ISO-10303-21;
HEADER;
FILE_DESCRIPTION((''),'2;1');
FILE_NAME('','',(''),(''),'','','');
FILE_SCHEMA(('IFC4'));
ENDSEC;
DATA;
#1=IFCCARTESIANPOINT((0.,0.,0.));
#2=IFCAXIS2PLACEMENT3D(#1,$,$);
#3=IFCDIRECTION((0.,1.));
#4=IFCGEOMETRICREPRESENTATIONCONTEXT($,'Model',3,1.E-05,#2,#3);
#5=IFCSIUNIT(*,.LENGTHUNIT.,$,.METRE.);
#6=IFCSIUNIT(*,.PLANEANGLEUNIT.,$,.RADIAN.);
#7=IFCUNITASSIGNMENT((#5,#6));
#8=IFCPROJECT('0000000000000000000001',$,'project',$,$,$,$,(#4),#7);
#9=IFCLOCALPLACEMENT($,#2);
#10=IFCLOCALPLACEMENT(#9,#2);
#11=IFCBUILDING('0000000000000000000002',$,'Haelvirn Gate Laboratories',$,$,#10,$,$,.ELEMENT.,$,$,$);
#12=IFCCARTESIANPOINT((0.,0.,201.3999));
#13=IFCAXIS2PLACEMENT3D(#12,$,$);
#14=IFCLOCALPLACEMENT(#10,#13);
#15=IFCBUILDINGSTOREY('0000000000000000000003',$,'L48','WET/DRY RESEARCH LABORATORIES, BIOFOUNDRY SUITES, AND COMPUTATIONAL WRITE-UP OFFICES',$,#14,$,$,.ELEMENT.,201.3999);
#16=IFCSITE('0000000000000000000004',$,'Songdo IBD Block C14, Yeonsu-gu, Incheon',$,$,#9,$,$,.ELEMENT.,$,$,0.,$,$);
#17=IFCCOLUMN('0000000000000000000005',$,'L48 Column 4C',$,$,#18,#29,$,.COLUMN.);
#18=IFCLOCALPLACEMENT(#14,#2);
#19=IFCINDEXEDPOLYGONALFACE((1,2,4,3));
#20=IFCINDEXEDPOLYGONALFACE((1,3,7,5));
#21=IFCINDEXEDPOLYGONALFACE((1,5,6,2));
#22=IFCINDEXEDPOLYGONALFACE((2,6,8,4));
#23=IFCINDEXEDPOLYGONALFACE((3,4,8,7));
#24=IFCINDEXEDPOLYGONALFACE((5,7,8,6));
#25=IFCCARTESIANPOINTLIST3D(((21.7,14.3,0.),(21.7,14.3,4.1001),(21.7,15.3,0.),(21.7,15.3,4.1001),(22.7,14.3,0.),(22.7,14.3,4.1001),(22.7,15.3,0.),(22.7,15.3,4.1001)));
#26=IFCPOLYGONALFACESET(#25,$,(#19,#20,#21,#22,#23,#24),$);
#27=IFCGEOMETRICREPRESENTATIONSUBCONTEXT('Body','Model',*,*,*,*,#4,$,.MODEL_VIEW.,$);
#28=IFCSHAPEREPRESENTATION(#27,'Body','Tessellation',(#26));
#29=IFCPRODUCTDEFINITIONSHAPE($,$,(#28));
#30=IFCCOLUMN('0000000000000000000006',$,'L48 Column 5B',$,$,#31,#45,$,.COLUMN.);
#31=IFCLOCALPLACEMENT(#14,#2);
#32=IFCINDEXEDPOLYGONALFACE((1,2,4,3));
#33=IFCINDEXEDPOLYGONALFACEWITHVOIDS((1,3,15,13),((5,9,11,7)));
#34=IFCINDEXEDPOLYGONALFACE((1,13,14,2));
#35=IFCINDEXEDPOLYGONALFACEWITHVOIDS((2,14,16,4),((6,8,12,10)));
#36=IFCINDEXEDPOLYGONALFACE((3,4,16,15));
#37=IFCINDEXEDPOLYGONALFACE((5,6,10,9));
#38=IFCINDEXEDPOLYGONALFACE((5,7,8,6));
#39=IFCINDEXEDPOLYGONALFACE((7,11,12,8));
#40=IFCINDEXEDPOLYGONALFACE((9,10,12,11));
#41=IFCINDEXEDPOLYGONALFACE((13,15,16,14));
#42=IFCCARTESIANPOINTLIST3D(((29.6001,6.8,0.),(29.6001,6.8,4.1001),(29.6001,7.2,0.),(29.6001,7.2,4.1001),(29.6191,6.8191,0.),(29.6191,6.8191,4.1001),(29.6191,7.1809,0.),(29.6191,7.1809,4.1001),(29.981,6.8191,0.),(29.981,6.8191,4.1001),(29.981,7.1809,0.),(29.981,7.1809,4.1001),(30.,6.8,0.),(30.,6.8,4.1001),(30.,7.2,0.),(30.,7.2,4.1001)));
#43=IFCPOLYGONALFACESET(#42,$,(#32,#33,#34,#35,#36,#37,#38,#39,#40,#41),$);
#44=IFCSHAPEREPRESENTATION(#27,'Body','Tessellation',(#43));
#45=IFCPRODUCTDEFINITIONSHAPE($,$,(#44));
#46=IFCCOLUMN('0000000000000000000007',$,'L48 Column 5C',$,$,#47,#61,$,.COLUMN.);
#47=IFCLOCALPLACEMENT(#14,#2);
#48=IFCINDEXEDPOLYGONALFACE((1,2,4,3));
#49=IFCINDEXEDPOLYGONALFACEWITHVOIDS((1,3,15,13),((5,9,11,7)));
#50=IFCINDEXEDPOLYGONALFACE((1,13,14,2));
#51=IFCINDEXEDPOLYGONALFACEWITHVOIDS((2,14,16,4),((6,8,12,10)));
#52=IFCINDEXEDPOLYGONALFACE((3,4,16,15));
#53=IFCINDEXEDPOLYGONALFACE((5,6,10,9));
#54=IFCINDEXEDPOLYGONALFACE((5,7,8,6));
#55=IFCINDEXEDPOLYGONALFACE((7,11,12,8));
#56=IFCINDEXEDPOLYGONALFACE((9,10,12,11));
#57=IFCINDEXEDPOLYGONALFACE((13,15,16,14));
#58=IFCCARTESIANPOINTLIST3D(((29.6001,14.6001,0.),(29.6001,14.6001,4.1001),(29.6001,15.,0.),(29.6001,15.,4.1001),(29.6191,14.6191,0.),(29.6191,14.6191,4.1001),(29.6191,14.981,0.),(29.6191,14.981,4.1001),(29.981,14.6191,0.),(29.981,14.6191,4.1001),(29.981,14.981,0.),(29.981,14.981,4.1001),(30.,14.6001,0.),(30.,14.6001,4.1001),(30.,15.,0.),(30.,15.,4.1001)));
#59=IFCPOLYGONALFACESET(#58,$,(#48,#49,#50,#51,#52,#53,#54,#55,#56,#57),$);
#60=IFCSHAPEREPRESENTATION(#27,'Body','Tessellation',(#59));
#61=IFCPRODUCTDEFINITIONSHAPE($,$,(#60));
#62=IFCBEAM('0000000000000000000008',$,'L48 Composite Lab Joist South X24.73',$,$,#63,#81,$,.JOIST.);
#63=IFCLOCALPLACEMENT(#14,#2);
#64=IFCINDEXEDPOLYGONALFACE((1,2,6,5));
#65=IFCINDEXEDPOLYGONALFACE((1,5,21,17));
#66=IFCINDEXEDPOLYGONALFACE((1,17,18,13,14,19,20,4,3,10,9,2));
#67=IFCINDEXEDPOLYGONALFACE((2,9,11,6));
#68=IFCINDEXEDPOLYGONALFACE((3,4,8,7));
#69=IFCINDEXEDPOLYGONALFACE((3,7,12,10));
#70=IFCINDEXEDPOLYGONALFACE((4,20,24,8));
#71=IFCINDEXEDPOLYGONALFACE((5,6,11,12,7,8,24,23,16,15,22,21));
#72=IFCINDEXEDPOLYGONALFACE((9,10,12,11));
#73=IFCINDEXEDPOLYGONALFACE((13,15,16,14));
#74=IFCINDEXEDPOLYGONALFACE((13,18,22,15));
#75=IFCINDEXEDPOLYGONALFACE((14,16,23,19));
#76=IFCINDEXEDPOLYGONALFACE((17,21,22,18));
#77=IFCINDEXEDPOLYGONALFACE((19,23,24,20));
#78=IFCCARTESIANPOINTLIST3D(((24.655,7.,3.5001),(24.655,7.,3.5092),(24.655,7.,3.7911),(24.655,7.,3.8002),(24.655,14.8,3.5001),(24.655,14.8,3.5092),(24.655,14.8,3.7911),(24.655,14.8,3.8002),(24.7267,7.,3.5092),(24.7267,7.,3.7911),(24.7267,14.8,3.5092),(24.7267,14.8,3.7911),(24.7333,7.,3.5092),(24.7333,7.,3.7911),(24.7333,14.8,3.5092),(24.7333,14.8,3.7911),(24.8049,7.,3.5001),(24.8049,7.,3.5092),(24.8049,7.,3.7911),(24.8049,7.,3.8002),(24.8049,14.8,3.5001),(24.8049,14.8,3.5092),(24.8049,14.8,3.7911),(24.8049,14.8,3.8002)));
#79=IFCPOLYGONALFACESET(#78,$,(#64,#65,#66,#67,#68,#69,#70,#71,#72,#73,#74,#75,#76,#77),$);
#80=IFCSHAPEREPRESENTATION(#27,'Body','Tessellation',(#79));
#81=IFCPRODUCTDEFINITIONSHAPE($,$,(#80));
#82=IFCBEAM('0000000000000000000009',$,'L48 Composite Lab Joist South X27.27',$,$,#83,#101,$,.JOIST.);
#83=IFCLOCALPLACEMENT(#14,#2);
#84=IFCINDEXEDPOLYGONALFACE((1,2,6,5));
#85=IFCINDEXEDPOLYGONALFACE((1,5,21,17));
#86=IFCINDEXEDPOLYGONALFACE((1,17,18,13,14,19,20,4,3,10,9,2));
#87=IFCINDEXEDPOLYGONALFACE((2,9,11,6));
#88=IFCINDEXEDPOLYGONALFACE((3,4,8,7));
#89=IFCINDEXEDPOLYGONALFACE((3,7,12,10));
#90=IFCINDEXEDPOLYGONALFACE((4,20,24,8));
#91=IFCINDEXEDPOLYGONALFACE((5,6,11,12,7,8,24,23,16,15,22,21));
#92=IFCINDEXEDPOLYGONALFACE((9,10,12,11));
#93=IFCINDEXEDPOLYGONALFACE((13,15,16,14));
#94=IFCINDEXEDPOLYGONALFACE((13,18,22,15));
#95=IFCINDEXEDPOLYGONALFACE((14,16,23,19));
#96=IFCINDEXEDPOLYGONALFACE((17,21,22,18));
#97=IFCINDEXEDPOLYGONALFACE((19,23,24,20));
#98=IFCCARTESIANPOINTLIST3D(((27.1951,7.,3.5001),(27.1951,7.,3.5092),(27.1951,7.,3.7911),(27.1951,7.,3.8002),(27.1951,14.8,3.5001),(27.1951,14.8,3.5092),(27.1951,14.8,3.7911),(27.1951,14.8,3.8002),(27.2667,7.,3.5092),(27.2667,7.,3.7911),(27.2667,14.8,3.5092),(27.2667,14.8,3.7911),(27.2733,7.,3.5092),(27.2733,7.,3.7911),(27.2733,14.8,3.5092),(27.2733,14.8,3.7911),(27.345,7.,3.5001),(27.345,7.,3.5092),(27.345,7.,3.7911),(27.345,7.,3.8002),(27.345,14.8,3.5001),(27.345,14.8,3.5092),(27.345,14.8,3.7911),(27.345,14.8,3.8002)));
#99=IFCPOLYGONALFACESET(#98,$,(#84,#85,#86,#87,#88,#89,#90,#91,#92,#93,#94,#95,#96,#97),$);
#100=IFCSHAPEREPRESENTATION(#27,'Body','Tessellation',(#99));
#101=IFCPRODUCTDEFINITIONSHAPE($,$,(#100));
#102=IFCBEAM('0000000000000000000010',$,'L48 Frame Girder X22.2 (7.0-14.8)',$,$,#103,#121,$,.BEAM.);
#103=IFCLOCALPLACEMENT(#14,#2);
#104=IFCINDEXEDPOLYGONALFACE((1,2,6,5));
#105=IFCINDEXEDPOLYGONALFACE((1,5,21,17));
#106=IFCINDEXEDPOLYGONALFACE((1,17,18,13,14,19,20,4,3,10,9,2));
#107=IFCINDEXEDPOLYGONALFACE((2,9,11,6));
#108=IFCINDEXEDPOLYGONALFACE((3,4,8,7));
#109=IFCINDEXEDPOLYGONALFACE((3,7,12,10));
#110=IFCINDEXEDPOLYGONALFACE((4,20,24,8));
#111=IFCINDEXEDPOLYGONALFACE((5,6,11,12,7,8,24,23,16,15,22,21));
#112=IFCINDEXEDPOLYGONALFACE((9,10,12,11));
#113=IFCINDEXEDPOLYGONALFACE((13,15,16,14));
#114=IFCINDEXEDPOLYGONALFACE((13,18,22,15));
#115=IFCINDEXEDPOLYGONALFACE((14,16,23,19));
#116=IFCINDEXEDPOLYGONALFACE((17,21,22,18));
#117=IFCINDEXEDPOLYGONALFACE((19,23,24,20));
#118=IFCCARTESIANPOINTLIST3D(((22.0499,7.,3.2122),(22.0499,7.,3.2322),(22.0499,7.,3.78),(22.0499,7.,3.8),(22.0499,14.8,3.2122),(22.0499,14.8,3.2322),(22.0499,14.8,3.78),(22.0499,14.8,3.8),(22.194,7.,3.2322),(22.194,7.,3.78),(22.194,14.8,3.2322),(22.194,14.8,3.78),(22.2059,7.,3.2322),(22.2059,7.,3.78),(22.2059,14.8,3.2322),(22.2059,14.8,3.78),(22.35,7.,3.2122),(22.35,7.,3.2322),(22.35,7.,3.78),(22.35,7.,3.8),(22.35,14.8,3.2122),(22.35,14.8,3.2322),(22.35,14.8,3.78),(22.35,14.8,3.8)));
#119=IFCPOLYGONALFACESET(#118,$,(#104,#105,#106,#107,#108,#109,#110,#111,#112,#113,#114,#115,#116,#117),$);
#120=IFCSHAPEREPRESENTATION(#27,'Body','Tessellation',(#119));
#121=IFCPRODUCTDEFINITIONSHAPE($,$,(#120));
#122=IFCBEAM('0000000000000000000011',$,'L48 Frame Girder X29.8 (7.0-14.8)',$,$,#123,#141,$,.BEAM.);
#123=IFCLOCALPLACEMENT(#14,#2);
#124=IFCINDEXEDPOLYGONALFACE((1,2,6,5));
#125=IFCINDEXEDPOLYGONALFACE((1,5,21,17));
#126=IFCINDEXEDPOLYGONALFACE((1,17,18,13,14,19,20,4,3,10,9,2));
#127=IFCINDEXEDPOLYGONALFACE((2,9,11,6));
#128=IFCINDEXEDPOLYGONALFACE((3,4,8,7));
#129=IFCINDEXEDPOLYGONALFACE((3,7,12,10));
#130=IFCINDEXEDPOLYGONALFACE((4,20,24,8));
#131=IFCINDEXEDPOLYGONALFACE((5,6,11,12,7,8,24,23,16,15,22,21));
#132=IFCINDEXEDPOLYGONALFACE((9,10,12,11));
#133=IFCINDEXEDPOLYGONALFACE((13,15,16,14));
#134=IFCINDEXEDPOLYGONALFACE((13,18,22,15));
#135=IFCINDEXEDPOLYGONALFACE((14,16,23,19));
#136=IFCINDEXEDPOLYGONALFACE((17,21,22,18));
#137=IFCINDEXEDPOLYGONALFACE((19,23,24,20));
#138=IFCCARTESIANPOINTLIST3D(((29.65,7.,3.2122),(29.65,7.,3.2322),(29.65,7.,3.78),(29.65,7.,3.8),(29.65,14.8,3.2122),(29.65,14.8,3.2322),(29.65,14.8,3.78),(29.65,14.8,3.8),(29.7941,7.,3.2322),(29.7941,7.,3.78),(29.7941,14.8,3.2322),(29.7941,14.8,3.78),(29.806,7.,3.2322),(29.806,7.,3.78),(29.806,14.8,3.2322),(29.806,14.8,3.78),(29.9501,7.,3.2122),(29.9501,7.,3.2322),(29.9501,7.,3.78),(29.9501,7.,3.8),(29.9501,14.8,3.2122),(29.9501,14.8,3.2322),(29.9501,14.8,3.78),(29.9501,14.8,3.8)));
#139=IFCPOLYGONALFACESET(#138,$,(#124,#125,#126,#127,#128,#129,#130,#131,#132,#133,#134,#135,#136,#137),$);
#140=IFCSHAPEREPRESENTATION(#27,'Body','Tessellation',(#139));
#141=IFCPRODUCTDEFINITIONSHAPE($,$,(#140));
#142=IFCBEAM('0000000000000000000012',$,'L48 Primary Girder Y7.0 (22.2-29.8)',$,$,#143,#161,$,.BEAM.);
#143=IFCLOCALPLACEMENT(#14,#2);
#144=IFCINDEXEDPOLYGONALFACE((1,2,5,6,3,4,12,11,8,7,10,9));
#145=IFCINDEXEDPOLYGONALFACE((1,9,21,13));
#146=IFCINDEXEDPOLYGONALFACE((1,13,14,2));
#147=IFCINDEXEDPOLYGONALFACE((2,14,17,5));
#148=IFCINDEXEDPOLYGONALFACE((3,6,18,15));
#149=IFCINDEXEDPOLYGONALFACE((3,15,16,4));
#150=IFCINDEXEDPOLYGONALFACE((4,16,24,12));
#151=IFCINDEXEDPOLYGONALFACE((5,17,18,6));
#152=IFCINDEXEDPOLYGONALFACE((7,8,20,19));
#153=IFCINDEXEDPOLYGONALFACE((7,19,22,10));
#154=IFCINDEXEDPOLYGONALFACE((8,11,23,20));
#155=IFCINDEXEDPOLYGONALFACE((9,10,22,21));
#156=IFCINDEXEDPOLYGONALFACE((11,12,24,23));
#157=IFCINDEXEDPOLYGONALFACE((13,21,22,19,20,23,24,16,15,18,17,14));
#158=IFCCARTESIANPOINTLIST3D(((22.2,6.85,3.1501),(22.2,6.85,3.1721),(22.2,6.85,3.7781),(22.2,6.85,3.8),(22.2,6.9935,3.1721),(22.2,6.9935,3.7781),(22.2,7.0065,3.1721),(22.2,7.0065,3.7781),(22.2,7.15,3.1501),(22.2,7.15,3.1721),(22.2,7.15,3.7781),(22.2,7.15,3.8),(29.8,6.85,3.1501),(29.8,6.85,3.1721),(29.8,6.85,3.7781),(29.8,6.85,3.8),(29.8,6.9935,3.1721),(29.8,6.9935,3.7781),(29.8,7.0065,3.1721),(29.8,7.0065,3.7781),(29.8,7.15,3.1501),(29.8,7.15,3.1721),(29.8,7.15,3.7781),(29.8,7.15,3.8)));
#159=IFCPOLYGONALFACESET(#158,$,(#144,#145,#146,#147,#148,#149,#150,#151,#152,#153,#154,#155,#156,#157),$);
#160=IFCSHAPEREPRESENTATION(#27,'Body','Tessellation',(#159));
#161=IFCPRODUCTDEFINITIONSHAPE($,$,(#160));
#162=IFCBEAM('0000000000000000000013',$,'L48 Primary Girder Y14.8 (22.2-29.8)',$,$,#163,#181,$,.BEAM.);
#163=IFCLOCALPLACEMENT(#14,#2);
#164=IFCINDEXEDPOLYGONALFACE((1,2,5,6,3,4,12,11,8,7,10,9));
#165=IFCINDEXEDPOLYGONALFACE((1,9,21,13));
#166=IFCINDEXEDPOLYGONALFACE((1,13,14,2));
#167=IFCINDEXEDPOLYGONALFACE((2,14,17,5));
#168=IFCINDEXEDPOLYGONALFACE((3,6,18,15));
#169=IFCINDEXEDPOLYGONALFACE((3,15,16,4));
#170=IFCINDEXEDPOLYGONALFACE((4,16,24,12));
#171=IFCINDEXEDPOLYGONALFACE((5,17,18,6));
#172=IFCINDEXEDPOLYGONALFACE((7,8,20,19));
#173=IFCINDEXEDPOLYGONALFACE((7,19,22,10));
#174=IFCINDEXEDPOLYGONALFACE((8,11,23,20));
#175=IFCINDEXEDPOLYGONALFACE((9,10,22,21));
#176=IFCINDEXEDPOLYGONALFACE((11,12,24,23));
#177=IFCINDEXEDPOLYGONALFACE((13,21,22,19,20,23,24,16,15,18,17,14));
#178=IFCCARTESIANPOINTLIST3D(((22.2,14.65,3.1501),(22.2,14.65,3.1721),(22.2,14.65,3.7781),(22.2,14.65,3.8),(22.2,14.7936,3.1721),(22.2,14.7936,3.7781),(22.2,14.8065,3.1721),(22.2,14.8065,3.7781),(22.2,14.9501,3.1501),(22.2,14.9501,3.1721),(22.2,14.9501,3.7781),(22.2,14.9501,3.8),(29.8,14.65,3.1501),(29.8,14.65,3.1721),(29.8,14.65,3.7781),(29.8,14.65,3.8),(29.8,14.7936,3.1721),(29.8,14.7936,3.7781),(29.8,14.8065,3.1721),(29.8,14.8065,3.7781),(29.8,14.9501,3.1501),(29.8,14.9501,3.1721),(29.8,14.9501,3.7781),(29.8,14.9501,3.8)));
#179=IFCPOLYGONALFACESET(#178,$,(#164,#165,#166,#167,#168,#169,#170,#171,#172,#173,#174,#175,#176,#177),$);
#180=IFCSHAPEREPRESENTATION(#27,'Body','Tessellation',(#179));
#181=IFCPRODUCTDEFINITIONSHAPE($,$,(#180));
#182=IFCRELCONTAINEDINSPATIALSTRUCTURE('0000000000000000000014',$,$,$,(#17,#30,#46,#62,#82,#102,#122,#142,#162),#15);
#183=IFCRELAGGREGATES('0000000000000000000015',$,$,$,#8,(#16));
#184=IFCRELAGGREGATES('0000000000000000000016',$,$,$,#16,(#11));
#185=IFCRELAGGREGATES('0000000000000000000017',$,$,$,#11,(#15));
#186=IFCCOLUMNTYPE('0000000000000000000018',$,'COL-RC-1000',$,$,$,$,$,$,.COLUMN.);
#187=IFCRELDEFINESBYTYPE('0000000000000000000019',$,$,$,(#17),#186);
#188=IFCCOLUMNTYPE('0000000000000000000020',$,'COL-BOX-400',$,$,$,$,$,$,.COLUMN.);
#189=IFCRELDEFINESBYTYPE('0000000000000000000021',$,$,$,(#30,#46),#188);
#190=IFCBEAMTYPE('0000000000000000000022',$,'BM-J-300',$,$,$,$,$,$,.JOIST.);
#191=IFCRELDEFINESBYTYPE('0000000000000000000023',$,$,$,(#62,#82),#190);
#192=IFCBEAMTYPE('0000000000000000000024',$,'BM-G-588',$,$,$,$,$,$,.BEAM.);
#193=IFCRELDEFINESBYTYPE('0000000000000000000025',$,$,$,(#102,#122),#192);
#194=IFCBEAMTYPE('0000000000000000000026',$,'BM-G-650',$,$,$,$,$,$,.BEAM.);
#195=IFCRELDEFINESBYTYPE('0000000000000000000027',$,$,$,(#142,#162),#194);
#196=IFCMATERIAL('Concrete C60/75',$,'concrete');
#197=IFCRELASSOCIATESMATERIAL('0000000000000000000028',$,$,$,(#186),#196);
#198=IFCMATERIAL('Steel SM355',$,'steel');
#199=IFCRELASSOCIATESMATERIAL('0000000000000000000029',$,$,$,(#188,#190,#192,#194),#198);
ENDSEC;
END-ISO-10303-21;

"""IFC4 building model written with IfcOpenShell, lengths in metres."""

from ifc_helpers import new_model, si_unit, direction, frame, origin, origin_2d, place, context, subcontext, project, spatial, rectangle, hollow_rectangle, i_section, extrude, source, transform, mapped, material, material_profile, profile_set, type_object, type_shapes, element, save


model = new_model("IFC4")

# Units and contexts
model_context = context("Model", 3, precision=1e-05, world=origin(), true_north=direction((0.0, 1.0)))
body_context = subcontext(model_context, "Body", "Model", "MODEL_VIEW")
ifc_project = project(units=[si_unit("LENGTHUNIT", "METRE"), si_unit("PLANEANGLEUNIT", "RADIAN")], contexts=[model_context])

# Site, building, storey
site_placement = place(None, origin())
site = spatial("IfcSite", under=ifc_project, at=site_placement, Name="Songdo IBD Block C14, Yeonsu-gu, Incheon", CompositionType="ELEMENT", RefElevation=0.0)
building_placement = place(site_placement, origin())
building = spatial("IfcBuilding", under=site, at=building_placement, Name="Haelvirn Gate Laboratories", CompositionType="ELEMENT")
storey_placement = place(building_placement, frame((0.0, 0.0, 201.3999)))
storey = spatial("IfcBuildingStorey", under=building, at=storey_placement, Name="L48", Description="WET/DRY RESEARCH LABORATORIES, BIOFOUNDRY SUITES, AND COMPUTATIONAL WRITE-UP OFFICES", CompositionType="ELEMENT", Elevation=201.3999)

# Columns
ifc_material_1 = material(Name="Concrete C60/75", Category="concrete")
ifc_material_profile_1 = material_profile(ifc_material_1, rectangle(XDim=1.0, YDim=1.0, at=origin_2d()), Name="RC-1000x1000")
ifc_profile_set_1 = profile_set([ifc_material_profile_1], Name="Concrete C60/75")
column_type_1 = type_object("IfcColumnType", Name="COL-RC-1000", PredefinedType="COLUMN", material=ifc_profile_set_1)
shared_shape_1 = source(origin(), body_context, "Body", "SweptSolid", [
    extrude(rectangle(XDim=1.0, YDim=1.0, at=origin_2d()), origin(), (0.0, 0.0, 1.0), 4.1001),
])
type_shapes(column_type_1, [shared_shape_1])
column_placement = place(storey_placement, frame((22.2, 14.8, 0.0), z_axis=(0.0, 0.0, 1.0), x_axis=(1.0, 0.0, 0.0)))
element("IfcColumn", 1, at=column_placement, inside=storey, type_object=column_type_1, Name="L48 Column 4C", PredefinedType="COLUMN", context=body_context, shape_type="MappedRepresentation", body=[
    mapped(shared_shape_1, transform((0.0, 0.0, 0.0), scale=1.0)),
])
ifc_material_2 = material(Name="Steel SM355", Category="steel")
ifc_material_profile_2 = material_profile(ifc_material_2, hollow_rectangle(XDim=0.3999, YDim=0.3999, WallThickness=0.019, at=origin_2d()), Name="BOX-400x400x19")
ifc_profile_set_2 = profile_set([ifc_material_profile_2], Name="Steel SM355")
column_type_2 = type_object("IfcColumnType", Name="COL-BOX-400", PredefinedType="COLUMN", material=ifc_profile_set_2)
shared_shape_2 = source(origin(), body_context, "Body", "SweptSolid", [
    extrude(hollow_rectangle(XDim=0.3999, YDim=0.3999, WallThickness=0.019, at=origin_2d()), origin(), (0.0, 0.0, 1.0), 4.1001),
])
type_shapes(column_type_2, [shared_shape_2])
for number, where, z_axis, x_axis, name in (
    (2, (29.8, 7.0, 0.0), (0.0, 0.0, 1.0), (1.0, 0.0, 0.0), "L48 Column 5B"),
    (3, (29.8, 14.8, 0.0), (0.0, 0.0, 1.0), (1.0, 0.0, 0.0), "L48 Column 5C"),
):
    element("IfcColumn", number, at=place(storey_placement, frame(where, z_axis=z_axis, x_axis=x_axis)), inside=storey, type_object=column_type_2, Name=name, PredefinedType="COLUMN", context=body_context, shape_type="MappedRepresentation", body=[
        mapped(shared_shape_2, transform((0.0, 0.0, 0.0), scale=1.0)),
    ])

# Beams
ifc_material_profile_3 = material_profile(ifc_material_2, i_section(OverallWidth=0.1499, OverallDepth=0.3, WebThickness=0.0066, FlangeThickness=0.009, at=origin_2d()), Name="H-300x150x6.5x9")
ifc_profile_set_3 = profile_set([ifc_material_profile_3], Name="Steel SM355")
beam_type_1 = type_object("IfcBeamType", Name="BM-J-300", PredefinedType="JOIST", material=ifc_profile_set_3)
shared_shape_3 = source(origin(), body_context, "Body", "SweptSolid", [
    extrude(i_section(OverallWidth=0.1499, OverallDepth=0.3, WebThickness=0.0066, FlangeThickness=0.009, at=origin_2d()), origin(), (0.0, 0.0, 1.0), 7.8),
])
type_shapes(beam_type_1, [shared_shape_3])
for number, where, z_axis, x_axis, name in (
    (4, (24.73, 7.0, 3.6501), (0.0, 1.0, 0.0), (-1.0, 0.0, 0.0), "L48 Composite Lab Joist South X24.73"),
    (5, (27.27, 7.0, 3.6501), (0.0, 1.0, 0.0), (-1.0, 0.0, 0.0), "L48 Composite Lab Joist South X27.27"),
):
    element("IfcBeam", number, at=place(storey_placement, frame(where, z_axis=z_axis, x_axis=x_axis)), inside=storey, type_object=beam_type_1, Name=name, PredefinedType="JOIST", context=body_context, shape_type="MappedRepresentation", body=[
        mapped(shared_shape_3, transform((0.0, 0.0, 0.0), scale=1.0)),
    ])
ifc_material_profile_4 = material_profile(ifc_material_2, i_section(OverallWidth=0.3, OverallDepth=0.5879, WebThickness=0.012, FlangeThickness=0.02, at=origin_2d()), Name="H-588x300x12x20")
ifc_profile_set_4 = profile_set([ifc_material_profile_4], Name="Steel SM355")
beam_type_2 = type_object("IfcBeamType", Name="BM-G-588", PredefinedType="BEAM", material=ifc_profile_set_4)
shared_shape_4 = source(origin(), body_context, "Body", "SweptSolid", [
    extrude(i_section(OverallWidth=0.3, OverallDepth=0.5879, WebThickness=0.012, FlangeThickness=0.02, at=origin_2d()), origin(), (0.0, 0.0, 1.0), 7.8),
])
type_shapes(beam_type_2, [shared_shape_4])
for number, where, z_axis, x_axis, name in (
    (6, (22.2, 7.0, 3.5061), (0.0, 1.0, 0.0), (-1.0, 0.0, 0.0), "L48 Frame Girder X22.2 (7.0-14.8)"),
    (7, (29.8, 7.0, 3.5061), (0.0, 1.0, 0.0), (-1.0, 0.0, 0.0), "L48 Frame Girder X29.8 (7.0-14.8)"),
):
    element("IfcBeam", number, at=place(storey_placement, frame(where, z_axis=z_axis, x_axis=x_axis)), inside=storey, type_object=beam_type_2, Name=name, PredefinedType="BEAM", context=body_context, shape_type="MappedRepresentation", body=[
        mapped(shared_shape_4, transform((0.0, 0.0, 0.0), scale=1.0)),
    ])
ifc_material_profile_5 = material_profile(ifc_material_2, i_section(OverallWidth=0.3, OverallDepth=0.6499, WebThickness=0.0129, FlangeThickness=0.022, at=origin_2d()), Name="H-650x300x13x22")
ifc_profile_set_5 = profile_set([ifc_material_profile_5], Name="Steel SM355")
beam_type_3 = type_object("IfcBeamType", Name="BM-G-650", PredefinedType="BEAM", material=ifc_profile_set_5)
shared_shape_5 = source(origin(), body_context, "Body", "SweptSolid", [
    extrude(i_section(OverallWidth=0.3, OverallDepth=0.6499, WebThickness=0.0129, FlangeThickness=0.022, at=origin_2d()), origin(), (0.0, 0.0, 1.0), 7.6001),
])
for number, where, z_axis, x_axis, name in (
    (8, (22.2, 7.0, 3.4751), (1.0, 0.0, 0.0), (0.0, 1.0, 0.0), "L48 Primary Girder Y7.0 (22.2-29.8)"),
    (9, (22.2, 14.8, 3.4751), (1.0, 0.0, 0.0), (0.0, 1.0, 0.0), "L48 Primary Girder Y14.8 (22.2-29.8)"),
):
    element("IfcBeam", number, at=place(storey_placement, frame(where, z_axis=z_axis, x_axis=x_axis)), inside=storey, type_object=beam_type_3, Name=name, PredefinedType="BEAM", context=body_context, shape_type="MappedRepresentation", body=[
        mapped(shared_shape_5, transform((0.0, 0.0, 0.0), scale=1.0)),
    ])

save(model, "model.ifc")
